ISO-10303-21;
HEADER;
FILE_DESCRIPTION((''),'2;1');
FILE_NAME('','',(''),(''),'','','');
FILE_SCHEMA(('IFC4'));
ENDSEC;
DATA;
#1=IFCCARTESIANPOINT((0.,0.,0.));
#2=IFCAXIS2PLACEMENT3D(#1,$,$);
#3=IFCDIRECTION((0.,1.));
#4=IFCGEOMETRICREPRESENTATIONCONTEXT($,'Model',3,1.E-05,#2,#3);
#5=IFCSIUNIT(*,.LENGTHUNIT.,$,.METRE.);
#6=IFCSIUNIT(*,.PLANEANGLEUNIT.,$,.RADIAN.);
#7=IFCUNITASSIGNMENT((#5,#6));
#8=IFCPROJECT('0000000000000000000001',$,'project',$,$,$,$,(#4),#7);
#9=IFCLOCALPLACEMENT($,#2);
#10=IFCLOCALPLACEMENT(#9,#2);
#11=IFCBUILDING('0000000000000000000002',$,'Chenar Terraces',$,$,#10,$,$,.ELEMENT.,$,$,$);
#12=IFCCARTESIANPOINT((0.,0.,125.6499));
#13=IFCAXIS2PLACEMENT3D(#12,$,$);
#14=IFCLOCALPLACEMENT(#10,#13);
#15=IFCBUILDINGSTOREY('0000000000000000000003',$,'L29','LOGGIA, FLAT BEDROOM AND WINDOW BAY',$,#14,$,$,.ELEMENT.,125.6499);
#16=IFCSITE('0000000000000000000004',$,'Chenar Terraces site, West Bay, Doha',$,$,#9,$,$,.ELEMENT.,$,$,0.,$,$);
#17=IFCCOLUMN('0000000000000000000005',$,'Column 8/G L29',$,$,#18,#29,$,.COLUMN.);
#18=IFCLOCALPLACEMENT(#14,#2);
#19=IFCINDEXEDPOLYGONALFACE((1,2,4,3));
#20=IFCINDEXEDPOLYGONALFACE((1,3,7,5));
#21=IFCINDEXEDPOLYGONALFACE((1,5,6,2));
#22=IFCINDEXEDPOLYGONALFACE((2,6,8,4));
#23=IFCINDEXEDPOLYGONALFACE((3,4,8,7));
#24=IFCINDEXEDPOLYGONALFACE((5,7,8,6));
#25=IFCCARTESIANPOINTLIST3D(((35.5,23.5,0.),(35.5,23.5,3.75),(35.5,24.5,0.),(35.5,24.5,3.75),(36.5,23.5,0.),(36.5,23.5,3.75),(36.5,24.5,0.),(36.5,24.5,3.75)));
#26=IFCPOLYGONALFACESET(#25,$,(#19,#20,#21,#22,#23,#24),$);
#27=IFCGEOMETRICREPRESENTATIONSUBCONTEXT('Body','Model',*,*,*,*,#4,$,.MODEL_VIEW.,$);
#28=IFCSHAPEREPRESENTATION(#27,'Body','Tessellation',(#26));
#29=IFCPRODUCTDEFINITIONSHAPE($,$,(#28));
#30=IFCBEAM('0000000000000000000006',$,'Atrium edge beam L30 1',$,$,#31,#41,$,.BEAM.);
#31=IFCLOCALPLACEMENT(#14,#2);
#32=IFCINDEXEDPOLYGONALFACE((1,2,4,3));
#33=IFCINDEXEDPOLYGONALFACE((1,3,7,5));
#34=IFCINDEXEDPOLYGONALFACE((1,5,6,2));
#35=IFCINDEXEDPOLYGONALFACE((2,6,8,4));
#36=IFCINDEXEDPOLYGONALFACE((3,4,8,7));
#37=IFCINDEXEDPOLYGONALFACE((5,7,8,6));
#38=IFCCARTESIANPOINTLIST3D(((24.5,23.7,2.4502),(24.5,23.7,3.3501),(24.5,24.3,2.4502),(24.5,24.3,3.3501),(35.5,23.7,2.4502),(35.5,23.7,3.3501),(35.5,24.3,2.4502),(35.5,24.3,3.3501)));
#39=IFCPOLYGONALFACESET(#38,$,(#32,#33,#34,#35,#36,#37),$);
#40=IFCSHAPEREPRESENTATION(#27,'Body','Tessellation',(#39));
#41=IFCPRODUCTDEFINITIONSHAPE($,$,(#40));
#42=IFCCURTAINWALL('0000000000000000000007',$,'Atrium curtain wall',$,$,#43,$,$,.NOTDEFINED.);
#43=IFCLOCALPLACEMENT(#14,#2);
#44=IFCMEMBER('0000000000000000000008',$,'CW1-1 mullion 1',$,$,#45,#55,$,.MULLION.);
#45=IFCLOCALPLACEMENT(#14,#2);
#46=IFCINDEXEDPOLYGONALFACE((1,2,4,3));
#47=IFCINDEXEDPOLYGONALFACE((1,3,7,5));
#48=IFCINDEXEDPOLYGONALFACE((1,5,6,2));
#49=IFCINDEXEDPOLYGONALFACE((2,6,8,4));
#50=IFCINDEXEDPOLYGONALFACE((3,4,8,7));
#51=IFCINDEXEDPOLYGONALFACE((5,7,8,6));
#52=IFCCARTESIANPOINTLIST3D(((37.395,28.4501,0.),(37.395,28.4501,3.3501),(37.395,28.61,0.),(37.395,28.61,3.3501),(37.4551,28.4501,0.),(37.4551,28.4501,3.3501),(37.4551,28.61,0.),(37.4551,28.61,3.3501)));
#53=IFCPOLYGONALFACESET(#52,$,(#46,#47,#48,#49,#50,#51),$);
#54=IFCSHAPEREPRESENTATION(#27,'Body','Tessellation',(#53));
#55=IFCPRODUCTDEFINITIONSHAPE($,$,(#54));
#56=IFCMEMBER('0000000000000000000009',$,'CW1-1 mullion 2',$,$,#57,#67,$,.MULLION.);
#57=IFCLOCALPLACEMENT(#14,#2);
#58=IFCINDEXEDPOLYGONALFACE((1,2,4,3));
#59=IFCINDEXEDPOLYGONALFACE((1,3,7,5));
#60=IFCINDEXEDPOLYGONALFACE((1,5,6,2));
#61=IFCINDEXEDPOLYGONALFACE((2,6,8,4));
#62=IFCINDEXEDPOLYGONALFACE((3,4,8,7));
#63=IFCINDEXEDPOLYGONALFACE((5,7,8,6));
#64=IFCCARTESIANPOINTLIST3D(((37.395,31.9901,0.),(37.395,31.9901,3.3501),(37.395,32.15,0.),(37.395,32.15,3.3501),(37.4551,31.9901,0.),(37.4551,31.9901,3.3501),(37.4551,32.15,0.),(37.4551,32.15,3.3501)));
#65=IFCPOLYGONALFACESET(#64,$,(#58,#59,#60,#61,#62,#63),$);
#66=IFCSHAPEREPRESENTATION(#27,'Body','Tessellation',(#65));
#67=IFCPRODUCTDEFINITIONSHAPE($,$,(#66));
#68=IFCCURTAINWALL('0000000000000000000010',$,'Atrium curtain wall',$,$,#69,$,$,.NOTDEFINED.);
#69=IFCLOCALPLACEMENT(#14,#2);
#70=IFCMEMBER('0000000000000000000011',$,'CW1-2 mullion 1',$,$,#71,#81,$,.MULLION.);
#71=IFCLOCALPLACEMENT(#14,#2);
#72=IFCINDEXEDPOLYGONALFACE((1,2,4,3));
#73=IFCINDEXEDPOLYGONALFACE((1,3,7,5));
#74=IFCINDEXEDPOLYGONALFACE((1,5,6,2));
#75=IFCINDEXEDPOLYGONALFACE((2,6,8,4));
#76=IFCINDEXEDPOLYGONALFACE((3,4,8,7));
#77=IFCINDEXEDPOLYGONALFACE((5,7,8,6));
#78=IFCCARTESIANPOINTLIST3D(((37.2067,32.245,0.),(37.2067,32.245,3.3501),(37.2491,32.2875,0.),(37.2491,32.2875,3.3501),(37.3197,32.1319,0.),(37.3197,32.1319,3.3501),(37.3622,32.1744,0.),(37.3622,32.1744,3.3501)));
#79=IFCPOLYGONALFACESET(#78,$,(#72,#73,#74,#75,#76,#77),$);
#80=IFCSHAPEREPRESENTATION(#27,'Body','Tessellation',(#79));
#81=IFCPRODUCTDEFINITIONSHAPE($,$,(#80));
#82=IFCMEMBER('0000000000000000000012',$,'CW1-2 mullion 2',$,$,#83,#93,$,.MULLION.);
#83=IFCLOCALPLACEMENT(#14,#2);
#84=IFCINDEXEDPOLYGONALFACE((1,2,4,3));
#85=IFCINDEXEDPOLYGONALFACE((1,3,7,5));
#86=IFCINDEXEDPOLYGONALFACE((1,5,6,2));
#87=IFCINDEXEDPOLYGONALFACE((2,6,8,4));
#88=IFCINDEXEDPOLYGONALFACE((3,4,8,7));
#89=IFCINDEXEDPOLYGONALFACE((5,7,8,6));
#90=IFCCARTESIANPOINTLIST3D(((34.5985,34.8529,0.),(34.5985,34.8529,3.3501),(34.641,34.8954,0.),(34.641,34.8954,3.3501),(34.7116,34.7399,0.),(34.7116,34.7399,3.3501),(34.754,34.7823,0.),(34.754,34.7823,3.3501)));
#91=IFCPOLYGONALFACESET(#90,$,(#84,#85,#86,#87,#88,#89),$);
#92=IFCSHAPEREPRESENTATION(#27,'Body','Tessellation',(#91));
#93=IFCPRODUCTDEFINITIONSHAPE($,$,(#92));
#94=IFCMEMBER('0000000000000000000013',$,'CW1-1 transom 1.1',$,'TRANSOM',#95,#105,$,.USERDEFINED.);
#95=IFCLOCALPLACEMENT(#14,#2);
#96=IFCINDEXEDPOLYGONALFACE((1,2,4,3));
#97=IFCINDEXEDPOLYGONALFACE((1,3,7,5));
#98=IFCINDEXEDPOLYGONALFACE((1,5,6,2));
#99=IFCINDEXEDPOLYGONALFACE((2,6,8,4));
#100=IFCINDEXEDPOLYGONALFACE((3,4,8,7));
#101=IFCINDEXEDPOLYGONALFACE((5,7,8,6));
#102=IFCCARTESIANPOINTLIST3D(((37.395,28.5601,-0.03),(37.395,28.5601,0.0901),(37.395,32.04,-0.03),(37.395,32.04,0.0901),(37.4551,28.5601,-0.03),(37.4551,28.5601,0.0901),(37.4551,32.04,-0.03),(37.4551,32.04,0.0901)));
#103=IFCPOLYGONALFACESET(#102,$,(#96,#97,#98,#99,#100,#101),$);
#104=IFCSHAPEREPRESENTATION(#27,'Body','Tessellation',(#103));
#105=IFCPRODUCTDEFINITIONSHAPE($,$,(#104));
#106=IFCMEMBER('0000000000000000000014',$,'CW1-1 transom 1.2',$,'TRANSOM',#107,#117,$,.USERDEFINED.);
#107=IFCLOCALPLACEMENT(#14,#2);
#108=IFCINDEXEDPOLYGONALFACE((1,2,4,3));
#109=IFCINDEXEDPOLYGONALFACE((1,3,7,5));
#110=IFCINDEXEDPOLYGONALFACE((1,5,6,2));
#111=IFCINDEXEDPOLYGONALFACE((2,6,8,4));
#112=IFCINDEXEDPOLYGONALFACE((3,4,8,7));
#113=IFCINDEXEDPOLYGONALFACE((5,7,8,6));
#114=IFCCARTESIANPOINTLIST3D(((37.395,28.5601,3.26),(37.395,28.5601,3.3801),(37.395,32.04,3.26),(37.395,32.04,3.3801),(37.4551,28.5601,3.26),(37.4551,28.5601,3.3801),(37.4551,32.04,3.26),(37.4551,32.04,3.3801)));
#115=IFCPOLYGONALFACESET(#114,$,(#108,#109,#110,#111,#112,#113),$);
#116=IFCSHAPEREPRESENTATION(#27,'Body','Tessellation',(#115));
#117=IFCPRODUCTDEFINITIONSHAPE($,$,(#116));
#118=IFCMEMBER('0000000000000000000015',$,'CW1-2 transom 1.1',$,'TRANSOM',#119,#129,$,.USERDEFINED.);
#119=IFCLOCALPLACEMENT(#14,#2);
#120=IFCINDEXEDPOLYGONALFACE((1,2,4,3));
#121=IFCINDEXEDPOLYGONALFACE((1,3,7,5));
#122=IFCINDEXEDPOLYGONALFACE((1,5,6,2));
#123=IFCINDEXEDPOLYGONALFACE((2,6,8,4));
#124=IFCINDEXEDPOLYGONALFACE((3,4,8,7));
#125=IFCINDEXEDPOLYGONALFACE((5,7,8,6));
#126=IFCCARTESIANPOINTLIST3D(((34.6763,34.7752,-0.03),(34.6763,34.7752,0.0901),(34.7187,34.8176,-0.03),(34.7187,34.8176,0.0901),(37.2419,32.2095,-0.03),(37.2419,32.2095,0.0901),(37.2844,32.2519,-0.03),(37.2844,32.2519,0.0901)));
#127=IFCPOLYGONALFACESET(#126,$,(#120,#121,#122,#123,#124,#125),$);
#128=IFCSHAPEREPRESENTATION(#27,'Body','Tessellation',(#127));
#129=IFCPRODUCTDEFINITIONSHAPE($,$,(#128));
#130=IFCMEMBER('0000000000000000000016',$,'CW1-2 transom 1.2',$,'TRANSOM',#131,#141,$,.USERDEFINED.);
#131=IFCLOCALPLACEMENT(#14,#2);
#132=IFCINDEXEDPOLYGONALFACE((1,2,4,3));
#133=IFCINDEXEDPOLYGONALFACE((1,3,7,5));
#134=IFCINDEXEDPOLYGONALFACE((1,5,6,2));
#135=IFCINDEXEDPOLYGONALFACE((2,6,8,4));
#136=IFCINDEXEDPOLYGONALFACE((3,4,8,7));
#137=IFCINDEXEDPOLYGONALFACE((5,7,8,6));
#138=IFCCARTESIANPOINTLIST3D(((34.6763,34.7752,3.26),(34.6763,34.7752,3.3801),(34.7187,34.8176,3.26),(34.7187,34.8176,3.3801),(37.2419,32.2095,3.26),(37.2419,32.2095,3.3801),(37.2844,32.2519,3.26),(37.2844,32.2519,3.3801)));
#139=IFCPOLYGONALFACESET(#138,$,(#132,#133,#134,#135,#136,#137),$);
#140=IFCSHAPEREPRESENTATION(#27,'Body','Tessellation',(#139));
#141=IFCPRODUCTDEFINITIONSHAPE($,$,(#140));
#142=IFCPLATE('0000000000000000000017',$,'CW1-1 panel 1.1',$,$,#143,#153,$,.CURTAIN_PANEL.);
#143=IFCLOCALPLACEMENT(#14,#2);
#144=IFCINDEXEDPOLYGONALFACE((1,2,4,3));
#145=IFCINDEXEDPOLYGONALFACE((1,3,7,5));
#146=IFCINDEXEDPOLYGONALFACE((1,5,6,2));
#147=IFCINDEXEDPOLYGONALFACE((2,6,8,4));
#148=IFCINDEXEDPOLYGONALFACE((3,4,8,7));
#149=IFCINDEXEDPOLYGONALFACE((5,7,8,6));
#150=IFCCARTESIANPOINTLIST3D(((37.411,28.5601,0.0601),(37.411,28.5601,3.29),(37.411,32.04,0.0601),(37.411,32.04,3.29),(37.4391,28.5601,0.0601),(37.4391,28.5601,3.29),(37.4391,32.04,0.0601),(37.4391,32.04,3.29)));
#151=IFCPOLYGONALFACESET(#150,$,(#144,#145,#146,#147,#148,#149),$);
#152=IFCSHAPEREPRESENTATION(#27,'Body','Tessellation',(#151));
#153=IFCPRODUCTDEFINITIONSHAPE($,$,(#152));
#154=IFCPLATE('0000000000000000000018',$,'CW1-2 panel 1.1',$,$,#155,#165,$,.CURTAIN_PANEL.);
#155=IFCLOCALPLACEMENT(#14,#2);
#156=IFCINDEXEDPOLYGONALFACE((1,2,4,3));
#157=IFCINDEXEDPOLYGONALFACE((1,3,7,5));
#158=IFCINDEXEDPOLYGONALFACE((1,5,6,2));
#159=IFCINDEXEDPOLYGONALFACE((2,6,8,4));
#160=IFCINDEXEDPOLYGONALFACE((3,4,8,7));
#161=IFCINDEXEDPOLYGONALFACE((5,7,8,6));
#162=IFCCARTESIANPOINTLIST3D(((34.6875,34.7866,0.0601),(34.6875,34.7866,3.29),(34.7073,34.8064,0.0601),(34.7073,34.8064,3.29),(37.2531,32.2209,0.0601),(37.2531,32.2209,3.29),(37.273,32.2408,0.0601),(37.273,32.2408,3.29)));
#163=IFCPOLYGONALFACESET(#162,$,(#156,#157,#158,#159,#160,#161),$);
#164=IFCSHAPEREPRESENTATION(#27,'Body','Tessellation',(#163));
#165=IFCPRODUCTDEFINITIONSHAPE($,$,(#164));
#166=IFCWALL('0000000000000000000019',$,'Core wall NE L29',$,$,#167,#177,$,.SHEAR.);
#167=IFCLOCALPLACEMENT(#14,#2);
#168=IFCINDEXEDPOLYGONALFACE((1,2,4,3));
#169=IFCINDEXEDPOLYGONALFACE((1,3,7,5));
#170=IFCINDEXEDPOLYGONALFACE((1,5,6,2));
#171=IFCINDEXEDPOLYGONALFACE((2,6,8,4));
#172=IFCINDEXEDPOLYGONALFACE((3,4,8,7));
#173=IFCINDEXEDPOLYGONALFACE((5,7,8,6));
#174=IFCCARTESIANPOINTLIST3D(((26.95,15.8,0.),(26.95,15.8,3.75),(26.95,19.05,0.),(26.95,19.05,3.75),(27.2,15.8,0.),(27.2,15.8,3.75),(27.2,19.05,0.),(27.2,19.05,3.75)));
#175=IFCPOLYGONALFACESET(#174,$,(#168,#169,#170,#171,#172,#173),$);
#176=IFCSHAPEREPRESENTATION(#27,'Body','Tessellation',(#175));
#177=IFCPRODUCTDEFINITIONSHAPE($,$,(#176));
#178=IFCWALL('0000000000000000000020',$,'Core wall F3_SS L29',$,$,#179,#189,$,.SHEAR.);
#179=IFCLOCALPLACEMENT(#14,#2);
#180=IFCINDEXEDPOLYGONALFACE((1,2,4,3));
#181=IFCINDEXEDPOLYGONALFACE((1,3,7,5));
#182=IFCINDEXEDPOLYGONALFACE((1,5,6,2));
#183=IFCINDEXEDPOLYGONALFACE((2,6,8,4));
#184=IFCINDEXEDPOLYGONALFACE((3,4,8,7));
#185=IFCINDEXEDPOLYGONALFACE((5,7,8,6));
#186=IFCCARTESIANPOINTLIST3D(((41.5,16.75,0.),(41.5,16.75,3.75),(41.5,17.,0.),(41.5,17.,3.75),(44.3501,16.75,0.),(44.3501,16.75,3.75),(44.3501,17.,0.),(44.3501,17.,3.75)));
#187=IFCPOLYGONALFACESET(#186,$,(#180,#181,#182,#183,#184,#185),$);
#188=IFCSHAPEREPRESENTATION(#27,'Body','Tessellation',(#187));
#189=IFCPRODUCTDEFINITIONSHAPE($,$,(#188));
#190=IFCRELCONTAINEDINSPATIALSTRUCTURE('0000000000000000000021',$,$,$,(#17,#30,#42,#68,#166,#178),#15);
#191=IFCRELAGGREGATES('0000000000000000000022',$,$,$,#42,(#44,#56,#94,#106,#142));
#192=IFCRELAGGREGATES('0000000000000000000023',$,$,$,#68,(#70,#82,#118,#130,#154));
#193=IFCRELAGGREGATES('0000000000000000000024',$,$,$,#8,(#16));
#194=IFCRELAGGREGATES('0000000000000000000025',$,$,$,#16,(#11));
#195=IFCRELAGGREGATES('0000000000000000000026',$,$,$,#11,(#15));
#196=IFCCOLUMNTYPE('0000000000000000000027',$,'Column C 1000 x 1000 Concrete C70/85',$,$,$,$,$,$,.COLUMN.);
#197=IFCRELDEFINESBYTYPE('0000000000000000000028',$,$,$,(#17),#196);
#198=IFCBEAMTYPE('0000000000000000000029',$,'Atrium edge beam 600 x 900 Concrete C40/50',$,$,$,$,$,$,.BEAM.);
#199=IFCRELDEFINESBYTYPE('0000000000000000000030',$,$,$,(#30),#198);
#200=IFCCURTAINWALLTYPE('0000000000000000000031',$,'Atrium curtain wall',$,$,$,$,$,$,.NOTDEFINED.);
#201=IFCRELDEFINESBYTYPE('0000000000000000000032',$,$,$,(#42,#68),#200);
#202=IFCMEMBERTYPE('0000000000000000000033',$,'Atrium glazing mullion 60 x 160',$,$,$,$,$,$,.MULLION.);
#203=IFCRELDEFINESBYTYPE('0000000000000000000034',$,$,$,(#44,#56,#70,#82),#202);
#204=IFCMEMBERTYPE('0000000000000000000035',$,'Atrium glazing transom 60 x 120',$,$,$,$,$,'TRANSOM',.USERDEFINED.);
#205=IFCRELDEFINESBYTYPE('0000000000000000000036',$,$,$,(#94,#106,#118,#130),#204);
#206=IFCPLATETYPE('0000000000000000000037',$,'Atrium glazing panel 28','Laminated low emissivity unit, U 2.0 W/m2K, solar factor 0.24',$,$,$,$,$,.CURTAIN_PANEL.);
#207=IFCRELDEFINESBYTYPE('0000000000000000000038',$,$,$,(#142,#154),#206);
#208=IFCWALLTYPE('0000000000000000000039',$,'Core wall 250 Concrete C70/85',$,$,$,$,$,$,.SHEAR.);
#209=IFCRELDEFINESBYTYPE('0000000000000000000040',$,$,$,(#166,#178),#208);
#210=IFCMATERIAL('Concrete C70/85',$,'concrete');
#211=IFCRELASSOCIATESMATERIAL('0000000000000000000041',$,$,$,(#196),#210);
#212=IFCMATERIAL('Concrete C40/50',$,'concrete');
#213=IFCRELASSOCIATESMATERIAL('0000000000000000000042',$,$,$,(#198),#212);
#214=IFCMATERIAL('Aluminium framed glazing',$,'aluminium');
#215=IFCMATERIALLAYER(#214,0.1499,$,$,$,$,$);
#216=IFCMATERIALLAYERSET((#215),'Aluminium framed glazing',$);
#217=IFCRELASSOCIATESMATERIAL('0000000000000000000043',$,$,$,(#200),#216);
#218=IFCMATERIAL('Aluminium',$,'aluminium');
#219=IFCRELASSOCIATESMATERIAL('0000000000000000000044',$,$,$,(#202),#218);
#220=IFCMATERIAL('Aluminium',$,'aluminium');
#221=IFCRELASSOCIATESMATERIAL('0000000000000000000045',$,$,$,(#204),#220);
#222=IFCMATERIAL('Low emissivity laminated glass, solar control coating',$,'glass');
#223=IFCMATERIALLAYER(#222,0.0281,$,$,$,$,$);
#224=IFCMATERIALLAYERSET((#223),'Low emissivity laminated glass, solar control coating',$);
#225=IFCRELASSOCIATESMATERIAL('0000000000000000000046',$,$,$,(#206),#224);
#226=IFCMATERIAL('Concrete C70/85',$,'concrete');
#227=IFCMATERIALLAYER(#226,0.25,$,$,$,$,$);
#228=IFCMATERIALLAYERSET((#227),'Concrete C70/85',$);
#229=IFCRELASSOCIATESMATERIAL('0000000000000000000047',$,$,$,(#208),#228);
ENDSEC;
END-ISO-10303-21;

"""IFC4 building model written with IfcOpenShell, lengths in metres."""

from ifc_helpers import new_model, si_unit, direction, frame, frame_2d, origin, origin_2d, place, context, subcontext, project, spatial, rectangle, extrude, material, layer, layer_set, material_profile, profile_set, type_object, element, aggregate, save


model = new_model("IFC4")

# Units and contexts
model_context = context("Model", 3, precision=1e-05, world=origin(), true_north=direction((0.0, 1.0)))
body_context = subcontext(model_context, "Body", "Model", "MODEL_VIEW")
ifc_project = project(units=[si_unit("LENGTHUNIT", "METRE"), si_unit("PLANEANGLEUNIT", "RADIAN")], contexts=[model_context])

# Site, building, storey
site_placement = place(None, origin())
site = spatial("IfcSite", under=ifc_project, at=site_placement, Name="Chenar Terraces site, West Bay, Doha", CompositionType="ELEMENT", RefElevation=0.0)
building_placement = place(site_placement, origin())
building = spatial("IfcBuilding", under=site, at=building_placement, Name="Chenar Terraces", CompositionType="ELEMENT")
storey_placement = place(building_placement, frame((0.0, 0.0, 125.6499)))
storey = spatial("IfcBuildingStorey", under=building, at=storey_placement, Name="L29", Description="LOGGIA, FLAT BEDROOM AND WINDOW BAY", CompositionType="ELEMENT", Elevation=125.6499)

# Column
ifc_material_1 = material(Name="Concrete C70/85", Category="concrete")
ifc_material_profile_1 = material_profile(ifc_material_1, rectangle(XDim=1.0, YDim=1.0, at=origin_2d()), Name="C 1000 x 1000")
ifc_profile_set_1 = profile_set([ifc_material_profile_1], Name="Concrete C70/85")
column_type = type_object("IfcColumnType", Name="Column C 1000 x 1000 Concrete C70/85", PredefinedType="COLUMN", material=ifc_profile_set_1)
column_placement = place(storey_placement, frame((36.0, 24.0, 0.0), z_axis=(0.0, 0.0, 1.0), x_axis=(1.0, 0.0, 0.0)))
element("IfcColumn", 1, at=column_placement, inside=storey, type_object=column_type, Name="Column 8/G L29", PredefinedType="COLUMN", context=body_context, shape_type="SweptSolid", body=[
    extrude(rectangle(XDim=1.0, YDim=1.0, at=origin_2d()), origin(), (0.0, 0.0, 1.0), 3.75),
])

# Beam
ifc_material_2 = material(Name="Concrete C40/50", Category="concrete")
ifc_material_profile_2 = material_profile(ifc_material_2, rectangle(XDim=0.6001, YDim=0.8999, at=origin_2d()), Name="RC 600 x 900")
ifc_profile_set_2 = profile_set([ifc_material_profile_2], Name="Concrete C40/50")
beam_type = type_object("IfcBeamType", Name="Atrium edge beam 600 x 900 Concrete C40/50", PredefinedType="BEAM", material=ifc_profile_set_2)
beam_placement = place(storey_placement, frame((24.5, 24.0, 2.9001), z_axis=(1.0, 0.0, 0.0), x_axis=(0.0, 1.0, 0.0)))
element("IfcBeam", 2, at=beam_placement, inside=storey, type_object=beam_type, Name="Atrium edge beam L30 1", PredefinedType="BEAM", context=body_context, shape_type="SweptSolid", body=[
    extrude(rectangle(XDim=0.6001, YDim=0.8999, at=origin_2d()), origin(), (0.0, 0.0, 1.0), 11.0),
])

# Curtain walls, members
ifc_material_3 = material(Name="Aluminium framed glazing", Category="aluminium")
ifc_layer_1 = layer(ifc_material_3, 0.1499)
ifc_layer_set_1 = layer_set([ifc_layer_1], Name="Aluminium framed glazing")
curtain_wall_type = type_object("IfcCurtainWallType", Name="Atrium curtain wall", PredefinedType="NOTDEFINED", material=ifc_layer_set_1)
placement = place(storey_placement, origin())
curtain_wall_1 = element("IfcCurtainWall", 3, at=placement, inside=storey, type_object=curtain_wall_type, Name="Atrium curtain wall", PredefinedType="NOTDEFINED")
ifc_material_4 = material(Name="Aluminium", Category="aluminium")
ifc_material_profile_3 = material_profile(ifc_material_4, rectangle(XDim=0.0601, YDim=0.1599, at=origin_2d()), Name="Atrium glazing mullion 60 x 160")
ifc_profile_set_3 = profile_set([ifc_material_profile_3], Name="Aluminium")
member_type_1 = type_object("IfcMemberType", Name="Atrium glazing mullion 60 x 160", PredefinedType="MULLION", material=ifc_profile_set_3)
member_1_placement = place(storey_placement, frame((37.425, 28.53, 0.0), z_axis=(0.0, 0.0, 1.0), x_axis=(-1.0, 0.0, 0.0)))
member_1 = element("IfcMember", 4, at=member_1_placement, type_object=member_type_1, Name="CW1-1 mullion 1", PredefinedType="MULLION", context=body_context, shape_type="SweptSolid", body=[
    extrude(rectangle(XDim=0.0601, YDim=0.1599, at=origin_2d()), origin(), (0.0, 0.0, 1.0), 3.3501),
])
member_2_placement = place(storey_placement, frame((37.425, 32.0701, 0.0), z_axis=(0.0, 0.0, 1.0), x_axis=(-1.0, 0.0, 0.0)))
member_2 = element("IfcMember", 5, at=member_2_placement, type_object=member_type_1, Name="CW1-1 mullion 2", PredefinedType="MULLION", context=body_context, shape_type="SweptSolid", body=[
    extrude(rectangle(XDim=0.0601, YDim=0.1599, at=origin_2d()), origin(), (0.0, 0.0, 1.0), 3.3501),
])
curtain_wall_2 = element("IfcCurtainWall", 6, at=placement, inside=storey, type_object=curtain_wall_type, Name="Atrium curtain wall", PredefinedType="NOTDEFINED")
member_3_placement = place(storey_placement, frame((37.2844, 32.2097, 0.0), z_axis=(0.0, 0.0, 1.0), x_axis=(-0.707107, -0.707107, 0.0)))
member_3 = element("IfcMember", 7, at=member_3_placement, type_object=member_type_1, Name="CW1-2 mullion 1", PredefinedType="MULLION", context=body_context, shape_type="SweptSolid", body=[
    extrude(rectangle(XDim=0.0601, YDim=0.1599, at=origin_2d()), origin(), (0.0, 0.0, 1.0), 3.3501),
])
member_4_placement = place(storey_placement, frame((34.6763, 34.8176, 0.0), z_axis=(0.0, 0.0, 1.0), x_axis=(-0.707107, -0.707107, 0.0)))
member_4 = element("IfcMember", 8, at=member_4_placement, type_object=member_type_1, Name="CW1-2 mullion 2", PredefinedType="MULLION", context=body_context, shape_type="SweptSolid", body=[
    extrude(rectangle(XDim=0.0601, YDim=0.1599, at=origin_2d()), origin(), (0.0, 0.0, 1.0), 3.3501),
])

# Members
ifc_material_5 = material(Name="Aluminium", Category="aluminium")
ifc_material_profile_4 = material_profile(ifc_material_5, rectangle(XDim=0.0601, YDim=0.1201, at=origin_2d()), Name="Atrium glazing transom 60 x 120")
ifc_profile_set_4 = profile_set([ifc_material_profile_4], Name="Aluminium")
member_type_2 = type_object("IfcMemberType", Name="Atrium glazing transom 60 x 120", ElementType="TRANSOM", PredefinedType="USERDEFINED", material=ifc_profile_set_4)
member_5_placement = place(storey_placement, frame((37.425, 28.5601, 0.03), z_axis=(0.0, 1.0, 0.0), x_axis=(-1.0, 0.0, 0.0)))
member_5 = element("IfcMember", 9, at=member_5_placement, type_object=member_type_2, Name="CW1-1 transom 1.1", ObjectType="TRANSOM", PredefinedType="USERDEFINED", context=body_context, shape_type="SweptSolid", body=[
    extrude(rectangle(XDim=0.0601, YDim=0.1201, at=origin_2d()), origin(), (0.0, 0.0, 1.0), 3.48),
])
member_6_placement = place(storey_placement, frame((37.425, 28.5601, 3.3201), z_axis=(0.0, 1.0, 0.0), x_axis=(-1.0, 0.0, 0.0)))
member_6 = element("IfcMember", 10, at=member_6_placement, type_object=member_type_2, Name="CW1-1 transom 1.2", ObjectType="TRANSOM", PredefinedType="USERDEFINED", context=body_context, shape_type="SweptSolid", body=[
    extrude(rectangle(XDim=0.0601, YDim=0.1201, at=origin_2d()), origin(), (0.0, 0.0, 1.0), 3.48),
])
member_7_placement = place(storey_placement, frame((37.2632, 32.2307, 0.03), z_axis=(-0.707107, 0.707107, 0.0), x_axis=(-0.707107, -0.707107, 0.0)))
member_7 = element("IfcMember", 11, at=member_7_placement, type_object=member_type_2, Name="CW1-2 transom 1.1", ObjectType="TRANSOM", PredefinedType="USERDEFINED", context=body_context, shape_type="SweptSolid", body=[
    extrude(rectangle(XDim=0.0601, YDim=0.1201, at=origin_2d()), origin(), (0.0, 0.0, 1.0), 3.6284),
])
member_8_placement = place(storey_placement, frame((37.2632, 32.2307, 3.3201), z_axis=(-0.707107, 0.707107, 0.0), x_axis=(-0.707107, -0.707107, 0.0)))
member_8 = element("IfcMember", 12, at=member_8_placement, type_object=member_type_2, Name="CW1-2 transom 1.2", ObjectType="TRANSOM", PredefinedType="USERDEFINED", context=body_context, shape_type="SweptSolid", body=[
    extrude(rectangle(XDim=0.0601, YDim=0.1201, at=origin_2d()), origin(), (0.0, 0.0, 1.0), 3.6284),
])

# Plates
ifc_material_6 = material(Name="Low emissivity laminated glass, solar control coating", Category="glass")
ifc_layer_2 = layer(ifc_material_6, 0.0281)
ifc_layer_set_2 = layer_set([ifc_layer_2], Name="Low emissivity laminated glass, solar control coating")
plate_type = type_object("IfcPlateType", Name="Atrium glazing panel 28", Description="Laminated low emissivity unit, U 2.0 W/m2K, solar factor 0.24", PredefinedType="CURTAIN_PANEL", material=ifc_layer_set_2)
plate_1_placement = place(storey_placement, frame((37.425, 30.3, 0.0601), z_axis=(0.0, 0.0, 1.0), x_axis=(0.0, 1.0, 0.0)))
plate_1 = element("IfcPlate", 13, at=plate_1_placement, type_object=plate_type, Name="CW1-1 panel 1.1", PredefinedType="CURTAIN_PANEL", context=body_context, shape_type="SweptSolid", body=[
    extrude(rectangle(XDim=3.48, YDim=0.0281, at=origin_2d()), origin(), (0.0, 0.0, 1.0), 3.23),
])
aggregate(curtain_wall_1, [member_1, member_2, member_5, member_6, plate_1])
plate_2_placement = place(storey_placement, frame((35.9802, 33.5137, 0.0601), z_axis=(0.0, 0.0, 1.0), x_axis=(-0.707107, 0.707107, 0.0)))
plate_2 = element("IfcPlate", 14, at=plate_2_placement, type_object=plate_type, Name="CW1-2 panel 1.1", PredefinedType="CURTAIN_PANEL", context=body_context, shape_type="SweptSolid", body=[
    extrude(rectangle(XDim=3.6284, YDim=0.0281, at=origin_2d()), origin(), (0.0, 0.0, 1.0), 3.23),
])
aggregate(curtain_wall_2, [member_3, member_4, member_7, member_8, plate_2])

# Walls
ifc_material_7 = material(Name="Concrete C70/85", Category="concrete")
ifc_layer_3 = layer(ifc_material_7, 0.25)
ifc_layer_set_3 = layer_set([ifc_layer_3], Name="Concrete C70/85")
wall_type_1 = type_object("IfcWallType", Name="Core wall 250 Concrete C70/85", PredefinedType="SHEAR", material=ifc_layer_set_3)
wall_1_placement = place(storey_placement, frame((27.075, 15.8, 0.0), z_axis=(0.0, 0.0, 1.0), x_axis=(0.0, 1.0, 0.0)))
element("IfcWall", 15, at=wall_1_placement, inside=storey, type_object=wall_type_1, Name="Core wall NE L29", PredefinedType="SHEAR", context=body_context, shape_type="SweptSolid", body=[
    extrude(rectangle(XDim=3.25, YDim=0.25, at=frame_2d((1.625, 0.0))), origin(), (0.0, 0.0, 1.0), 3.75),
])
for number, where, z_axis, x_axis, name in (
    (16, (41.5, 16.875, 0.0), (0.0, 0.0, 1.0), (1.0, 0.0, 0.0), "Core wall F3_SS L29"),
):
    element("IfcWall", number, at=place(storey_placement, frame(where, z_axis=z_axis, x_axis=x_axis)), inside=storey, type_object=wall_type_1, Name=name, PredefinedType="SHEAR", context=body_context, shape_type="SweptSolid", body=[
        extrude(rectangle(XDim=2.8501, YDim=0.25, at=frame_2d((1.425, 0.0))), origin(), (0.0, 0.0, 1.0), 3.75),
    ])

save(model, "model.ifc")
